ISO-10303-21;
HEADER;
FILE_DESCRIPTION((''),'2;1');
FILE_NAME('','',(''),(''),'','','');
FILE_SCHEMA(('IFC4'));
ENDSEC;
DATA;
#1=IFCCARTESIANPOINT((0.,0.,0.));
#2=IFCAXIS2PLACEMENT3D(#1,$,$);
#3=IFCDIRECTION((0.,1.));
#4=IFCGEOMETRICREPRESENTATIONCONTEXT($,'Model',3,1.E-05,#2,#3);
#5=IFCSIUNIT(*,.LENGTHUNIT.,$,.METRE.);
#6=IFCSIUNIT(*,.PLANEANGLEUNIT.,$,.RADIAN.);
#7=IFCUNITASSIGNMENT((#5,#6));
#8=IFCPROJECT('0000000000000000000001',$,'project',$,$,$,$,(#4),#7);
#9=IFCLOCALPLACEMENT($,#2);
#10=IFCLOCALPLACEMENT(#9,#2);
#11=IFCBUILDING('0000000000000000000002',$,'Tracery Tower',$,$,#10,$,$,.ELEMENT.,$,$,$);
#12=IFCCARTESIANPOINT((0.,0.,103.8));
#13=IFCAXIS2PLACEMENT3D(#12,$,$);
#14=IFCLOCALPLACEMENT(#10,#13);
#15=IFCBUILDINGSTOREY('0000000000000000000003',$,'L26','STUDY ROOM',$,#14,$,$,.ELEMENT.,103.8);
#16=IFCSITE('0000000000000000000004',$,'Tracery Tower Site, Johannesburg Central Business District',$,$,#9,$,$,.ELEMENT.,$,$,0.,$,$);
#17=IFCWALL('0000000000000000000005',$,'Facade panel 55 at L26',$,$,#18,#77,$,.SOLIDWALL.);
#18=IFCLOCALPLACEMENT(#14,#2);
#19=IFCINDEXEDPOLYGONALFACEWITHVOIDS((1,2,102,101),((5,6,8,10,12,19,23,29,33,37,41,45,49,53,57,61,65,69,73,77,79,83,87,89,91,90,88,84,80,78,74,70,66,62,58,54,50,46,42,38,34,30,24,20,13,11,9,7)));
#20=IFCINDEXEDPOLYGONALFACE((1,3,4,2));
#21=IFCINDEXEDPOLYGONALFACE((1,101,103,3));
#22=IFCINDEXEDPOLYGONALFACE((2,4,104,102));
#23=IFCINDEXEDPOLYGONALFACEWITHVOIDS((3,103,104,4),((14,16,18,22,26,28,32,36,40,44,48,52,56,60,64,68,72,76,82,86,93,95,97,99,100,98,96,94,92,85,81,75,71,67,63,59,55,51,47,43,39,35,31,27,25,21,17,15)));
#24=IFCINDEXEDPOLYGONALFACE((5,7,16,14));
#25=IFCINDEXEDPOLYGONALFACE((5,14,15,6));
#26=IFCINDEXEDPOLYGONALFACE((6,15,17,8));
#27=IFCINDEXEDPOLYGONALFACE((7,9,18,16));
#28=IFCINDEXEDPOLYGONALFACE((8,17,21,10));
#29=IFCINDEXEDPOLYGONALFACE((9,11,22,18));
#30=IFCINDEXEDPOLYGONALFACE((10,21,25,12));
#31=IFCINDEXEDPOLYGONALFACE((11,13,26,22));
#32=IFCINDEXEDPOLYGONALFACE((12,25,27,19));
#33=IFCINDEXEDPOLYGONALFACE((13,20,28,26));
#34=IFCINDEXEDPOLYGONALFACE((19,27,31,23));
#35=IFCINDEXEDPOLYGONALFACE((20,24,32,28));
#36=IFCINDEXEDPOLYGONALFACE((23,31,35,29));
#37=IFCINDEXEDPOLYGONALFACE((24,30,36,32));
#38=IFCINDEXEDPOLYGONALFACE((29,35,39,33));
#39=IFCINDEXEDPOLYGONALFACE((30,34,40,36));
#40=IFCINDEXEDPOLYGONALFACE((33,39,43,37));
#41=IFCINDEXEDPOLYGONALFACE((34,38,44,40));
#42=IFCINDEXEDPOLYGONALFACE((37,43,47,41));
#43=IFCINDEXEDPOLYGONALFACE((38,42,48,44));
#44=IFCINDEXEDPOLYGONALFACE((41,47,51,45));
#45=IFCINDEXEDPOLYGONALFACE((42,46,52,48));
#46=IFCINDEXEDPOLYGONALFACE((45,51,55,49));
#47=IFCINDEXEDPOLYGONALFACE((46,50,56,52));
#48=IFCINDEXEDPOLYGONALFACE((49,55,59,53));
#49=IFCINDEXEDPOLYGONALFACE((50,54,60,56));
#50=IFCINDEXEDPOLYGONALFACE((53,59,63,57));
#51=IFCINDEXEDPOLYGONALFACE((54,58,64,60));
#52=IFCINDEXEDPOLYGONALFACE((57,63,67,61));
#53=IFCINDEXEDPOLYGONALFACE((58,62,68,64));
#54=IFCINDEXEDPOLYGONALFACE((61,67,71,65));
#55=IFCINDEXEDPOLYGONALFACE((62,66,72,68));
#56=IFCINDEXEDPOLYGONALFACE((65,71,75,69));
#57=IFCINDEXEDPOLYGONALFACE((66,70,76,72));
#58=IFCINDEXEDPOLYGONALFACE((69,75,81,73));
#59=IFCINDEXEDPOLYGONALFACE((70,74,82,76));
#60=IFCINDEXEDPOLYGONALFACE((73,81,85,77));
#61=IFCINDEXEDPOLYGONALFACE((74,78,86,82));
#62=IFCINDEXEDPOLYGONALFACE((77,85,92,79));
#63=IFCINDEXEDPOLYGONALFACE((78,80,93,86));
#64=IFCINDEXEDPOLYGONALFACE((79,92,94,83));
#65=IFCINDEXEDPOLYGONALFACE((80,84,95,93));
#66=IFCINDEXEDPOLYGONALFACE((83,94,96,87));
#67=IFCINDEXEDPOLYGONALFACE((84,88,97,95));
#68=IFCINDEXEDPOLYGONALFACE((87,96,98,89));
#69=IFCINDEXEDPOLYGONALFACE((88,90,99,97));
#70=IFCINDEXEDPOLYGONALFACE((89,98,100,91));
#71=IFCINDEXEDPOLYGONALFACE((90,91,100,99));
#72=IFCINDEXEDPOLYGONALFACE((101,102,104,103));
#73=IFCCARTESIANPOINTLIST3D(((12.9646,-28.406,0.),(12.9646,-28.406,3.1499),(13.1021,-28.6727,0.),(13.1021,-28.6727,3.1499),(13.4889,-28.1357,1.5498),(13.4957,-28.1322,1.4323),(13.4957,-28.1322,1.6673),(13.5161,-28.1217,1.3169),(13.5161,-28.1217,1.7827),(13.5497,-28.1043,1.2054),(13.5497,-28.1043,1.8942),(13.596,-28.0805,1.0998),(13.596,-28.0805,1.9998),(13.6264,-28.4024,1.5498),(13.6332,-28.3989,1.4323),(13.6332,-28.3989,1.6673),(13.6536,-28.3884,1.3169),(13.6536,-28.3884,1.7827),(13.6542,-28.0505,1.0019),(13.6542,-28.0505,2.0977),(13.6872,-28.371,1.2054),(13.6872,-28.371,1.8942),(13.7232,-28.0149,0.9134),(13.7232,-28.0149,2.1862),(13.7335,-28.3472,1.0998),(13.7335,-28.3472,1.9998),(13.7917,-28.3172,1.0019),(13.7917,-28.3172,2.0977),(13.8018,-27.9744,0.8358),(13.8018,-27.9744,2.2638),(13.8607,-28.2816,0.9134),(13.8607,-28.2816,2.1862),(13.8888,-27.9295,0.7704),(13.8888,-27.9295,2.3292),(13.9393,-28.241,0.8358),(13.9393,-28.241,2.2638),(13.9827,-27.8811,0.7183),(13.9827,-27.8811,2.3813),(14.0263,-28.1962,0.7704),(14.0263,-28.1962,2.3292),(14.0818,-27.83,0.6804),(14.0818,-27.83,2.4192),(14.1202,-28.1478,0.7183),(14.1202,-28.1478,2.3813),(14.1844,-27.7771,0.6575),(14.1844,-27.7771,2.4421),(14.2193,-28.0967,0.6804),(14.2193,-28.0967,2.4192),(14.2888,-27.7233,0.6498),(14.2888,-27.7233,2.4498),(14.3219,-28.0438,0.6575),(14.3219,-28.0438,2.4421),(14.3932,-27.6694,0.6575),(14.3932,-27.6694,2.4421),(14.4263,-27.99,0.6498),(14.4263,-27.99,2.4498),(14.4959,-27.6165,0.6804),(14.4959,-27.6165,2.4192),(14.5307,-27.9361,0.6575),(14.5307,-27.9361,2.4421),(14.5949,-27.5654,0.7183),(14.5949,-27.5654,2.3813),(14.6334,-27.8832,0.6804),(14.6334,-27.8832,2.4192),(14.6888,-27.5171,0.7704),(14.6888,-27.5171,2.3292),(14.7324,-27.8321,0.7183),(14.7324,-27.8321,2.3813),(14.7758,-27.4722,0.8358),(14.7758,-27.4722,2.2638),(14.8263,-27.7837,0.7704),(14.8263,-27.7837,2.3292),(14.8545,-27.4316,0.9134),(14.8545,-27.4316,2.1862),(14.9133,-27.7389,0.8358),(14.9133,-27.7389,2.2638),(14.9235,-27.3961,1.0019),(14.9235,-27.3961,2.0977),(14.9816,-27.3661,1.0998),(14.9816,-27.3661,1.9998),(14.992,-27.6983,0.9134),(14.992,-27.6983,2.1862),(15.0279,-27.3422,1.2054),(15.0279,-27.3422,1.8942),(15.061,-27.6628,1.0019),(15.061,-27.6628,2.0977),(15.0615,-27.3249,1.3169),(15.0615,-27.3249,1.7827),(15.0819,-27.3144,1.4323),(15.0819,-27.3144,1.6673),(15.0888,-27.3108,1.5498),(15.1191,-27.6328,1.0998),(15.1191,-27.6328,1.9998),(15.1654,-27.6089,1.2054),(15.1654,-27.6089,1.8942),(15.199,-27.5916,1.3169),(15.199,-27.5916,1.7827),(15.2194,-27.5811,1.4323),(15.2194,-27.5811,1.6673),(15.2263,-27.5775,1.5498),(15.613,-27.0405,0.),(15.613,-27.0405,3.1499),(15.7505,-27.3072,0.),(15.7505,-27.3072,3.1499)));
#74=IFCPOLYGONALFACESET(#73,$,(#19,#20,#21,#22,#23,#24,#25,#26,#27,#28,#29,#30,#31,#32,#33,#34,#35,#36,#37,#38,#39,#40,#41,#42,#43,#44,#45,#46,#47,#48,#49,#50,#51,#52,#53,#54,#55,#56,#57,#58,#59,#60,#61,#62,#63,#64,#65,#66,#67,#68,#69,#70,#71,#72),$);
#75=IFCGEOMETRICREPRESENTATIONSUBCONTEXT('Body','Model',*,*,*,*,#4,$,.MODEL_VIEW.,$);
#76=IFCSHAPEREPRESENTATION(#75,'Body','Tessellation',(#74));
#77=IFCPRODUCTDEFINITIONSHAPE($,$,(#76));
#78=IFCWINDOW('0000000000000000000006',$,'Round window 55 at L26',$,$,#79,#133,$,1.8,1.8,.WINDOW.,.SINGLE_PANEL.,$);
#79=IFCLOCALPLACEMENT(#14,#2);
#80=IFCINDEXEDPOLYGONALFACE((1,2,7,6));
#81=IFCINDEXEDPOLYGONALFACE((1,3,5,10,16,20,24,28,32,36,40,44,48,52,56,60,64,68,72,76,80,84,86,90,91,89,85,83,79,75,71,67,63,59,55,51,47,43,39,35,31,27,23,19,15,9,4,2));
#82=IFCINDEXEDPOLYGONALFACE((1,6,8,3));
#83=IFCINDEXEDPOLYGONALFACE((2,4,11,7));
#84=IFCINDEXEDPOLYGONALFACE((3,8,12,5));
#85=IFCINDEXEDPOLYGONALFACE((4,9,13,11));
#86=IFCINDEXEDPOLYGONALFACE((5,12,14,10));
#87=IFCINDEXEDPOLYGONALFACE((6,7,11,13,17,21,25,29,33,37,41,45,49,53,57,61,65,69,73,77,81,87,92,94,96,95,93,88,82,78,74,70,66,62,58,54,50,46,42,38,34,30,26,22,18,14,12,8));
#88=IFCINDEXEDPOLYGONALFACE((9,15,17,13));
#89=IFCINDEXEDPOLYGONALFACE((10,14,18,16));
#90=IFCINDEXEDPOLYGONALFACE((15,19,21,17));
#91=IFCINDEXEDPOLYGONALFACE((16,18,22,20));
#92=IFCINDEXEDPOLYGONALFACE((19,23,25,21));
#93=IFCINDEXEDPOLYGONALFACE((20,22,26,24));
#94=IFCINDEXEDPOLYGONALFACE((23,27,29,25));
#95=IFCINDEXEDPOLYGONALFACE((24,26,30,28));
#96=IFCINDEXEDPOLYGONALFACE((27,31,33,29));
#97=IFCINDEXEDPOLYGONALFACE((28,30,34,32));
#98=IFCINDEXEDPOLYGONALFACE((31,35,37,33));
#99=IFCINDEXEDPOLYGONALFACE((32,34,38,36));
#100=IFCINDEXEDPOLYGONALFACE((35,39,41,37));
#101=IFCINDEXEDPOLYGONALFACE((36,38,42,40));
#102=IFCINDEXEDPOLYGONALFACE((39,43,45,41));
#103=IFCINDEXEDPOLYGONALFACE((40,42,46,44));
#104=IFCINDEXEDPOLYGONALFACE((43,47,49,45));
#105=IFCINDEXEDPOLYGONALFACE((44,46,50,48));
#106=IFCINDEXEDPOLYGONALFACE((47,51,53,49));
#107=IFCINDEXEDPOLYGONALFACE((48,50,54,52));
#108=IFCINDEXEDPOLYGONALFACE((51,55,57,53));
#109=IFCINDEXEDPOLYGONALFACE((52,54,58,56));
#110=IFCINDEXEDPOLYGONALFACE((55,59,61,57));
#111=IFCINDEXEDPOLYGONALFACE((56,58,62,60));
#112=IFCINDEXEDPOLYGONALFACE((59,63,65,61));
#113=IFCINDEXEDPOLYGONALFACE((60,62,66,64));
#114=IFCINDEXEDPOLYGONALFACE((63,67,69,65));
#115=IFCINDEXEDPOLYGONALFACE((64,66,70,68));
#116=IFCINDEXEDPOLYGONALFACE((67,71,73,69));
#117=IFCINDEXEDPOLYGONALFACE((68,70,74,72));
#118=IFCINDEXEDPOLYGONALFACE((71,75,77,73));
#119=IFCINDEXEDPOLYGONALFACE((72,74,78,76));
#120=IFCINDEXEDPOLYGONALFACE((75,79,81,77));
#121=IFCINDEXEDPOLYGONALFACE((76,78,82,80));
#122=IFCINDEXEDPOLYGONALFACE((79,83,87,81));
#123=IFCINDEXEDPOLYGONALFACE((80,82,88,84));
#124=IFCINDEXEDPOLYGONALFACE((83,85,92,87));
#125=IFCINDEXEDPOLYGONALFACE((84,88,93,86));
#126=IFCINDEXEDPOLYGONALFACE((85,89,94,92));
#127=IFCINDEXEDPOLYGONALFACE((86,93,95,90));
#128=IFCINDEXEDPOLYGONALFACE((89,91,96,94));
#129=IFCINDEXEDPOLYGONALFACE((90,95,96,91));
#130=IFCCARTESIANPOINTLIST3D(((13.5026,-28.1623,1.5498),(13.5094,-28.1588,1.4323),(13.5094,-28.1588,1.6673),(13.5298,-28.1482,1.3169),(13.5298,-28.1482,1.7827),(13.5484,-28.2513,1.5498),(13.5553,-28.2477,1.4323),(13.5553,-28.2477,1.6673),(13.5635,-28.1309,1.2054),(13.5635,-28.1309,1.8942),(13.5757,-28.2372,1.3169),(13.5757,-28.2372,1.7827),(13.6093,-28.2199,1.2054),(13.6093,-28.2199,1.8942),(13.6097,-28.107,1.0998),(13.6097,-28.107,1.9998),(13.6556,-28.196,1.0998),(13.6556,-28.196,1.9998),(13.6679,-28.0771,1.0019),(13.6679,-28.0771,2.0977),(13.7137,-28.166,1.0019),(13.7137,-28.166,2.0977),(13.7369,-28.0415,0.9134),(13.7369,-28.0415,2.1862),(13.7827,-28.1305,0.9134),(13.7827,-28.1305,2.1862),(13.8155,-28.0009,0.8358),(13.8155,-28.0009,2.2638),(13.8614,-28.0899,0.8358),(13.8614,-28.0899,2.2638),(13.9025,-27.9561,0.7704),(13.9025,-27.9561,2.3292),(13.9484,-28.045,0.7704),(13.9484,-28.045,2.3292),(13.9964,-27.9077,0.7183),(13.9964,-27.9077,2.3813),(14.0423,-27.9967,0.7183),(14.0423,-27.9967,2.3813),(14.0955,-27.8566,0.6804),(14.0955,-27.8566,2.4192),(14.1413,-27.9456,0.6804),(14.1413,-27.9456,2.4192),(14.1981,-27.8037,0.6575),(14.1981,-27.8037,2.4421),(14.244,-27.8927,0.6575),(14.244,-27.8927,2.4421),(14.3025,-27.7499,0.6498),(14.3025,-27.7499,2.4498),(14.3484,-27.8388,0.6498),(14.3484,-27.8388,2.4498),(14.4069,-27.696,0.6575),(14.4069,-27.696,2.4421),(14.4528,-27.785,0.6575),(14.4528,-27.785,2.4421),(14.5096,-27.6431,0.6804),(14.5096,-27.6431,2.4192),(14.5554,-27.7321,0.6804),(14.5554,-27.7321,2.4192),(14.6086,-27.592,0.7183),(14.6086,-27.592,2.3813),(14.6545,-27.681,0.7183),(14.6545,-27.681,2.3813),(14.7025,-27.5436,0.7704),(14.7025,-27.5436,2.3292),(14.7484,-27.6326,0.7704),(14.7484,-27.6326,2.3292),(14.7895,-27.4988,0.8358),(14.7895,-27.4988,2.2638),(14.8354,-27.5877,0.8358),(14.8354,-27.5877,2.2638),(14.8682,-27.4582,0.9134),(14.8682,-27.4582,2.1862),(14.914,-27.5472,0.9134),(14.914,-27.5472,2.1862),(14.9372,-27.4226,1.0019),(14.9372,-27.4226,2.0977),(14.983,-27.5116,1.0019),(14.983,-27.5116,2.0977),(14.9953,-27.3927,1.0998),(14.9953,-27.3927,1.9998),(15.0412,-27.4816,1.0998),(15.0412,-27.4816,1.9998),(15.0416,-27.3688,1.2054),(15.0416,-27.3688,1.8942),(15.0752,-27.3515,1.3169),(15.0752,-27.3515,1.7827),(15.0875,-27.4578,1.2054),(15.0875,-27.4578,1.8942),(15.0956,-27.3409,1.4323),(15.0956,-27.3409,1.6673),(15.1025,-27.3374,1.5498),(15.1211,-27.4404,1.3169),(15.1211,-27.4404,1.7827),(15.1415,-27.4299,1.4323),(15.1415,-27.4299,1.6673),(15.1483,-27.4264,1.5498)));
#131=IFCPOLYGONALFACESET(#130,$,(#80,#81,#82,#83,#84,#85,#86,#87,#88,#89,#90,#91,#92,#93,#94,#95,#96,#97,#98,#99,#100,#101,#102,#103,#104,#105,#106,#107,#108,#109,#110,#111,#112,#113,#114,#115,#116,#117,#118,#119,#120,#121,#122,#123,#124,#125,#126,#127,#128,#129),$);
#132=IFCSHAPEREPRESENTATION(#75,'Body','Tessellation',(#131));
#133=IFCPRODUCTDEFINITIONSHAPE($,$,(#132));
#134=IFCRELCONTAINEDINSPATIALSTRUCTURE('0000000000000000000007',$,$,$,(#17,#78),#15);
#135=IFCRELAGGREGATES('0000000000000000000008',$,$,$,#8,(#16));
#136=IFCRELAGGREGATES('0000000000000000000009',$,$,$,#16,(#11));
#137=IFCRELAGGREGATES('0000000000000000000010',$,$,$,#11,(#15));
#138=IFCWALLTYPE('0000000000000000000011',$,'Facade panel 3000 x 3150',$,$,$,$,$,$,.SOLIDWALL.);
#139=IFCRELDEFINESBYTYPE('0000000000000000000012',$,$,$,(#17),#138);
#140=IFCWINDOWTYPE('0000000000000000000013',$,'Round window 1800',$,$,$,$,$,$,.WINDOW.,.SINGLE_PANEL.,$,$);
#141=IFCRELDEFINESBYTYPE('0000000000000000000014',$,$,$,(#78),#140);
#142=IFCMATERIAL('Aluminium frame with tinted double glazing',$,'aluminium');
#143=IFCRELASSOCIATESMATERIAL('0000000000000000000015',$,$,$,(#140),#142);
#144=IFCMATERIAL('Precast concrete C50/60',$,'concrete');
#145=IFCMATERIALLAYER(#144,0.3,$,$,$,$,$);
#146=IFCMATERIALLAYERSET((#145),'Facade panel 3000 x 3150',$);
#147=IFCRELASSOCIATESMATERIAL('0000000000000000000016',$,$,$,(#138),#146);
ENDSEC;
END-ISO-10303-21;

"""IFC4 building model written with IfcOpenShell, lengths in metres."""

from ifc_helpers import new_model, si_unit, direction, frame, frame_2d, origin, origin_2d, place, context, subcontext, project, spatial, rectangle, circle, extrude, material, layer, layer_set, type_object, element, fill, save


model = new_model("IFC4")

# Units and contexts
model_context = context("Model", 3, precision=1e-05, world=origin(), true_north=direction((0.0, 1.0)))
body_context = subcontext(model_context, "Body", "Model", "MODEL_VIEW")
ifc_project = project(units=[si_unit("LENGTHUNIT", "METRE"), si_unit("PLANEANGLEUNIT", "RADIAN")], contexts=[model_context])

# Site, building, storey
site_placement = place(None, origin())
site = spatial("IfcSite", under=ifc_project, at=site_placement, Name="Tracery Tower Site, Johannesburg Central Business District", CompositionType="ELEMENT", RefElevation=0.0)
building_placement = place(site_placement, origin())
building = spatial("IfcBuilding", under=site, at=building_placement, Name="Tracery Tower", CompositionType="ELEMENT")
storey_placement = place(building_placement, frame((0.0, 0.0, 103.8)))
storey = spatial("IfcBuildingStorey", under=building, at=storey_placement, Name="L26", Description="STUDY ROOM", CompositionType="ELEMENT", Elevation=103.8)

# Wall, opening, window
ifc_material_1 = material(Name="Aluminium frame with tinted double glazing", Category="aluminium")
window_type = type_object("IfcWindowType", Name="Round window 1800", PartitioningType="SINGLE_PANEL", PredefinedType="WINDOW", material=ifc_material_1)
ifc_material_2 = material(Name="Precast concrete C50/60", Category="concrete")
ifc_layer_1 = layer(ifc_material_2, 0.3)
ifc_layer_set_1 = layer_set([ifc_layer_1], Name="Facade panel 3000 x 3150")
wall_type_1 = type_object("IfcWallType", Name="Facade panel 3000 x 3150", PredefinedType="SOLIDWALL", material=ifc_layer_set_1)
wall_1_placement = place(storey_placement, frame((13.0334, -28.5393, 0.0), z_axis=(0.0, 0.0, 1.0), x_axis=(0.88882, 0.458257, 0.0)))
wall_1 = element("IfcWall", 1, at=wall_1_placement, inside=storey, type_object=wall_type_1, Name="Facade panel 55 at L26", PredefinedType="SOLIDWALL", context=body_context, shape_type="SweptSolid", body=[
    extrude(rectangle(XDim=2.9797, YDim=0.3, at=frame_2d((1.4897, 0.0))), origin(), (0.0, 0.0, 1.0), 3.1499),
])
opening_1_placement = place(wall_1_placement, frame((1.4897, 0.0, 1.5498)))
opening_1 = element("IfcOpeningElement", 2, at=opening_1_placement, cuts=wall_1, PredefinedType="OPENING", context=body_context, shape_type="SweptSolid", body=[
    extrude(circle(Radius=0.9, at=origin_2d()), frame((0.0, 0.1599, 0.0), z_axis=(0.0, -1.0, 0.0), x_axis=(1.0, 0.0, 0.0)), (0.0, 0.0, 1.0), 0.3201),
])
window_1_placement = place(opening_1_placement, origin())
window_1 = element("IfcWindow", 3, at=window_1_placement, inside=storey, type_object=window_type, Name="Round window 55 at L26", OverallHeight=1.8, OverallWidth=1.8, PartitioningType="SINGLE_PANEL", PredefinedType="WINDOW", context=body_context, shape_type="SweptSolid", body=[
    extrude(circle(Radius=0.9, at=origin_2d()), frame((0.0, 0.1201, 0.0), z_axis=(0.0, -1.0, 0.0), x_axis=(1.0, 0.0, 0.0)), (0.0, 0.0, 1.0), 0.1001),
])
fill(opening_1, window_1)

save(model, "model.ifc")
